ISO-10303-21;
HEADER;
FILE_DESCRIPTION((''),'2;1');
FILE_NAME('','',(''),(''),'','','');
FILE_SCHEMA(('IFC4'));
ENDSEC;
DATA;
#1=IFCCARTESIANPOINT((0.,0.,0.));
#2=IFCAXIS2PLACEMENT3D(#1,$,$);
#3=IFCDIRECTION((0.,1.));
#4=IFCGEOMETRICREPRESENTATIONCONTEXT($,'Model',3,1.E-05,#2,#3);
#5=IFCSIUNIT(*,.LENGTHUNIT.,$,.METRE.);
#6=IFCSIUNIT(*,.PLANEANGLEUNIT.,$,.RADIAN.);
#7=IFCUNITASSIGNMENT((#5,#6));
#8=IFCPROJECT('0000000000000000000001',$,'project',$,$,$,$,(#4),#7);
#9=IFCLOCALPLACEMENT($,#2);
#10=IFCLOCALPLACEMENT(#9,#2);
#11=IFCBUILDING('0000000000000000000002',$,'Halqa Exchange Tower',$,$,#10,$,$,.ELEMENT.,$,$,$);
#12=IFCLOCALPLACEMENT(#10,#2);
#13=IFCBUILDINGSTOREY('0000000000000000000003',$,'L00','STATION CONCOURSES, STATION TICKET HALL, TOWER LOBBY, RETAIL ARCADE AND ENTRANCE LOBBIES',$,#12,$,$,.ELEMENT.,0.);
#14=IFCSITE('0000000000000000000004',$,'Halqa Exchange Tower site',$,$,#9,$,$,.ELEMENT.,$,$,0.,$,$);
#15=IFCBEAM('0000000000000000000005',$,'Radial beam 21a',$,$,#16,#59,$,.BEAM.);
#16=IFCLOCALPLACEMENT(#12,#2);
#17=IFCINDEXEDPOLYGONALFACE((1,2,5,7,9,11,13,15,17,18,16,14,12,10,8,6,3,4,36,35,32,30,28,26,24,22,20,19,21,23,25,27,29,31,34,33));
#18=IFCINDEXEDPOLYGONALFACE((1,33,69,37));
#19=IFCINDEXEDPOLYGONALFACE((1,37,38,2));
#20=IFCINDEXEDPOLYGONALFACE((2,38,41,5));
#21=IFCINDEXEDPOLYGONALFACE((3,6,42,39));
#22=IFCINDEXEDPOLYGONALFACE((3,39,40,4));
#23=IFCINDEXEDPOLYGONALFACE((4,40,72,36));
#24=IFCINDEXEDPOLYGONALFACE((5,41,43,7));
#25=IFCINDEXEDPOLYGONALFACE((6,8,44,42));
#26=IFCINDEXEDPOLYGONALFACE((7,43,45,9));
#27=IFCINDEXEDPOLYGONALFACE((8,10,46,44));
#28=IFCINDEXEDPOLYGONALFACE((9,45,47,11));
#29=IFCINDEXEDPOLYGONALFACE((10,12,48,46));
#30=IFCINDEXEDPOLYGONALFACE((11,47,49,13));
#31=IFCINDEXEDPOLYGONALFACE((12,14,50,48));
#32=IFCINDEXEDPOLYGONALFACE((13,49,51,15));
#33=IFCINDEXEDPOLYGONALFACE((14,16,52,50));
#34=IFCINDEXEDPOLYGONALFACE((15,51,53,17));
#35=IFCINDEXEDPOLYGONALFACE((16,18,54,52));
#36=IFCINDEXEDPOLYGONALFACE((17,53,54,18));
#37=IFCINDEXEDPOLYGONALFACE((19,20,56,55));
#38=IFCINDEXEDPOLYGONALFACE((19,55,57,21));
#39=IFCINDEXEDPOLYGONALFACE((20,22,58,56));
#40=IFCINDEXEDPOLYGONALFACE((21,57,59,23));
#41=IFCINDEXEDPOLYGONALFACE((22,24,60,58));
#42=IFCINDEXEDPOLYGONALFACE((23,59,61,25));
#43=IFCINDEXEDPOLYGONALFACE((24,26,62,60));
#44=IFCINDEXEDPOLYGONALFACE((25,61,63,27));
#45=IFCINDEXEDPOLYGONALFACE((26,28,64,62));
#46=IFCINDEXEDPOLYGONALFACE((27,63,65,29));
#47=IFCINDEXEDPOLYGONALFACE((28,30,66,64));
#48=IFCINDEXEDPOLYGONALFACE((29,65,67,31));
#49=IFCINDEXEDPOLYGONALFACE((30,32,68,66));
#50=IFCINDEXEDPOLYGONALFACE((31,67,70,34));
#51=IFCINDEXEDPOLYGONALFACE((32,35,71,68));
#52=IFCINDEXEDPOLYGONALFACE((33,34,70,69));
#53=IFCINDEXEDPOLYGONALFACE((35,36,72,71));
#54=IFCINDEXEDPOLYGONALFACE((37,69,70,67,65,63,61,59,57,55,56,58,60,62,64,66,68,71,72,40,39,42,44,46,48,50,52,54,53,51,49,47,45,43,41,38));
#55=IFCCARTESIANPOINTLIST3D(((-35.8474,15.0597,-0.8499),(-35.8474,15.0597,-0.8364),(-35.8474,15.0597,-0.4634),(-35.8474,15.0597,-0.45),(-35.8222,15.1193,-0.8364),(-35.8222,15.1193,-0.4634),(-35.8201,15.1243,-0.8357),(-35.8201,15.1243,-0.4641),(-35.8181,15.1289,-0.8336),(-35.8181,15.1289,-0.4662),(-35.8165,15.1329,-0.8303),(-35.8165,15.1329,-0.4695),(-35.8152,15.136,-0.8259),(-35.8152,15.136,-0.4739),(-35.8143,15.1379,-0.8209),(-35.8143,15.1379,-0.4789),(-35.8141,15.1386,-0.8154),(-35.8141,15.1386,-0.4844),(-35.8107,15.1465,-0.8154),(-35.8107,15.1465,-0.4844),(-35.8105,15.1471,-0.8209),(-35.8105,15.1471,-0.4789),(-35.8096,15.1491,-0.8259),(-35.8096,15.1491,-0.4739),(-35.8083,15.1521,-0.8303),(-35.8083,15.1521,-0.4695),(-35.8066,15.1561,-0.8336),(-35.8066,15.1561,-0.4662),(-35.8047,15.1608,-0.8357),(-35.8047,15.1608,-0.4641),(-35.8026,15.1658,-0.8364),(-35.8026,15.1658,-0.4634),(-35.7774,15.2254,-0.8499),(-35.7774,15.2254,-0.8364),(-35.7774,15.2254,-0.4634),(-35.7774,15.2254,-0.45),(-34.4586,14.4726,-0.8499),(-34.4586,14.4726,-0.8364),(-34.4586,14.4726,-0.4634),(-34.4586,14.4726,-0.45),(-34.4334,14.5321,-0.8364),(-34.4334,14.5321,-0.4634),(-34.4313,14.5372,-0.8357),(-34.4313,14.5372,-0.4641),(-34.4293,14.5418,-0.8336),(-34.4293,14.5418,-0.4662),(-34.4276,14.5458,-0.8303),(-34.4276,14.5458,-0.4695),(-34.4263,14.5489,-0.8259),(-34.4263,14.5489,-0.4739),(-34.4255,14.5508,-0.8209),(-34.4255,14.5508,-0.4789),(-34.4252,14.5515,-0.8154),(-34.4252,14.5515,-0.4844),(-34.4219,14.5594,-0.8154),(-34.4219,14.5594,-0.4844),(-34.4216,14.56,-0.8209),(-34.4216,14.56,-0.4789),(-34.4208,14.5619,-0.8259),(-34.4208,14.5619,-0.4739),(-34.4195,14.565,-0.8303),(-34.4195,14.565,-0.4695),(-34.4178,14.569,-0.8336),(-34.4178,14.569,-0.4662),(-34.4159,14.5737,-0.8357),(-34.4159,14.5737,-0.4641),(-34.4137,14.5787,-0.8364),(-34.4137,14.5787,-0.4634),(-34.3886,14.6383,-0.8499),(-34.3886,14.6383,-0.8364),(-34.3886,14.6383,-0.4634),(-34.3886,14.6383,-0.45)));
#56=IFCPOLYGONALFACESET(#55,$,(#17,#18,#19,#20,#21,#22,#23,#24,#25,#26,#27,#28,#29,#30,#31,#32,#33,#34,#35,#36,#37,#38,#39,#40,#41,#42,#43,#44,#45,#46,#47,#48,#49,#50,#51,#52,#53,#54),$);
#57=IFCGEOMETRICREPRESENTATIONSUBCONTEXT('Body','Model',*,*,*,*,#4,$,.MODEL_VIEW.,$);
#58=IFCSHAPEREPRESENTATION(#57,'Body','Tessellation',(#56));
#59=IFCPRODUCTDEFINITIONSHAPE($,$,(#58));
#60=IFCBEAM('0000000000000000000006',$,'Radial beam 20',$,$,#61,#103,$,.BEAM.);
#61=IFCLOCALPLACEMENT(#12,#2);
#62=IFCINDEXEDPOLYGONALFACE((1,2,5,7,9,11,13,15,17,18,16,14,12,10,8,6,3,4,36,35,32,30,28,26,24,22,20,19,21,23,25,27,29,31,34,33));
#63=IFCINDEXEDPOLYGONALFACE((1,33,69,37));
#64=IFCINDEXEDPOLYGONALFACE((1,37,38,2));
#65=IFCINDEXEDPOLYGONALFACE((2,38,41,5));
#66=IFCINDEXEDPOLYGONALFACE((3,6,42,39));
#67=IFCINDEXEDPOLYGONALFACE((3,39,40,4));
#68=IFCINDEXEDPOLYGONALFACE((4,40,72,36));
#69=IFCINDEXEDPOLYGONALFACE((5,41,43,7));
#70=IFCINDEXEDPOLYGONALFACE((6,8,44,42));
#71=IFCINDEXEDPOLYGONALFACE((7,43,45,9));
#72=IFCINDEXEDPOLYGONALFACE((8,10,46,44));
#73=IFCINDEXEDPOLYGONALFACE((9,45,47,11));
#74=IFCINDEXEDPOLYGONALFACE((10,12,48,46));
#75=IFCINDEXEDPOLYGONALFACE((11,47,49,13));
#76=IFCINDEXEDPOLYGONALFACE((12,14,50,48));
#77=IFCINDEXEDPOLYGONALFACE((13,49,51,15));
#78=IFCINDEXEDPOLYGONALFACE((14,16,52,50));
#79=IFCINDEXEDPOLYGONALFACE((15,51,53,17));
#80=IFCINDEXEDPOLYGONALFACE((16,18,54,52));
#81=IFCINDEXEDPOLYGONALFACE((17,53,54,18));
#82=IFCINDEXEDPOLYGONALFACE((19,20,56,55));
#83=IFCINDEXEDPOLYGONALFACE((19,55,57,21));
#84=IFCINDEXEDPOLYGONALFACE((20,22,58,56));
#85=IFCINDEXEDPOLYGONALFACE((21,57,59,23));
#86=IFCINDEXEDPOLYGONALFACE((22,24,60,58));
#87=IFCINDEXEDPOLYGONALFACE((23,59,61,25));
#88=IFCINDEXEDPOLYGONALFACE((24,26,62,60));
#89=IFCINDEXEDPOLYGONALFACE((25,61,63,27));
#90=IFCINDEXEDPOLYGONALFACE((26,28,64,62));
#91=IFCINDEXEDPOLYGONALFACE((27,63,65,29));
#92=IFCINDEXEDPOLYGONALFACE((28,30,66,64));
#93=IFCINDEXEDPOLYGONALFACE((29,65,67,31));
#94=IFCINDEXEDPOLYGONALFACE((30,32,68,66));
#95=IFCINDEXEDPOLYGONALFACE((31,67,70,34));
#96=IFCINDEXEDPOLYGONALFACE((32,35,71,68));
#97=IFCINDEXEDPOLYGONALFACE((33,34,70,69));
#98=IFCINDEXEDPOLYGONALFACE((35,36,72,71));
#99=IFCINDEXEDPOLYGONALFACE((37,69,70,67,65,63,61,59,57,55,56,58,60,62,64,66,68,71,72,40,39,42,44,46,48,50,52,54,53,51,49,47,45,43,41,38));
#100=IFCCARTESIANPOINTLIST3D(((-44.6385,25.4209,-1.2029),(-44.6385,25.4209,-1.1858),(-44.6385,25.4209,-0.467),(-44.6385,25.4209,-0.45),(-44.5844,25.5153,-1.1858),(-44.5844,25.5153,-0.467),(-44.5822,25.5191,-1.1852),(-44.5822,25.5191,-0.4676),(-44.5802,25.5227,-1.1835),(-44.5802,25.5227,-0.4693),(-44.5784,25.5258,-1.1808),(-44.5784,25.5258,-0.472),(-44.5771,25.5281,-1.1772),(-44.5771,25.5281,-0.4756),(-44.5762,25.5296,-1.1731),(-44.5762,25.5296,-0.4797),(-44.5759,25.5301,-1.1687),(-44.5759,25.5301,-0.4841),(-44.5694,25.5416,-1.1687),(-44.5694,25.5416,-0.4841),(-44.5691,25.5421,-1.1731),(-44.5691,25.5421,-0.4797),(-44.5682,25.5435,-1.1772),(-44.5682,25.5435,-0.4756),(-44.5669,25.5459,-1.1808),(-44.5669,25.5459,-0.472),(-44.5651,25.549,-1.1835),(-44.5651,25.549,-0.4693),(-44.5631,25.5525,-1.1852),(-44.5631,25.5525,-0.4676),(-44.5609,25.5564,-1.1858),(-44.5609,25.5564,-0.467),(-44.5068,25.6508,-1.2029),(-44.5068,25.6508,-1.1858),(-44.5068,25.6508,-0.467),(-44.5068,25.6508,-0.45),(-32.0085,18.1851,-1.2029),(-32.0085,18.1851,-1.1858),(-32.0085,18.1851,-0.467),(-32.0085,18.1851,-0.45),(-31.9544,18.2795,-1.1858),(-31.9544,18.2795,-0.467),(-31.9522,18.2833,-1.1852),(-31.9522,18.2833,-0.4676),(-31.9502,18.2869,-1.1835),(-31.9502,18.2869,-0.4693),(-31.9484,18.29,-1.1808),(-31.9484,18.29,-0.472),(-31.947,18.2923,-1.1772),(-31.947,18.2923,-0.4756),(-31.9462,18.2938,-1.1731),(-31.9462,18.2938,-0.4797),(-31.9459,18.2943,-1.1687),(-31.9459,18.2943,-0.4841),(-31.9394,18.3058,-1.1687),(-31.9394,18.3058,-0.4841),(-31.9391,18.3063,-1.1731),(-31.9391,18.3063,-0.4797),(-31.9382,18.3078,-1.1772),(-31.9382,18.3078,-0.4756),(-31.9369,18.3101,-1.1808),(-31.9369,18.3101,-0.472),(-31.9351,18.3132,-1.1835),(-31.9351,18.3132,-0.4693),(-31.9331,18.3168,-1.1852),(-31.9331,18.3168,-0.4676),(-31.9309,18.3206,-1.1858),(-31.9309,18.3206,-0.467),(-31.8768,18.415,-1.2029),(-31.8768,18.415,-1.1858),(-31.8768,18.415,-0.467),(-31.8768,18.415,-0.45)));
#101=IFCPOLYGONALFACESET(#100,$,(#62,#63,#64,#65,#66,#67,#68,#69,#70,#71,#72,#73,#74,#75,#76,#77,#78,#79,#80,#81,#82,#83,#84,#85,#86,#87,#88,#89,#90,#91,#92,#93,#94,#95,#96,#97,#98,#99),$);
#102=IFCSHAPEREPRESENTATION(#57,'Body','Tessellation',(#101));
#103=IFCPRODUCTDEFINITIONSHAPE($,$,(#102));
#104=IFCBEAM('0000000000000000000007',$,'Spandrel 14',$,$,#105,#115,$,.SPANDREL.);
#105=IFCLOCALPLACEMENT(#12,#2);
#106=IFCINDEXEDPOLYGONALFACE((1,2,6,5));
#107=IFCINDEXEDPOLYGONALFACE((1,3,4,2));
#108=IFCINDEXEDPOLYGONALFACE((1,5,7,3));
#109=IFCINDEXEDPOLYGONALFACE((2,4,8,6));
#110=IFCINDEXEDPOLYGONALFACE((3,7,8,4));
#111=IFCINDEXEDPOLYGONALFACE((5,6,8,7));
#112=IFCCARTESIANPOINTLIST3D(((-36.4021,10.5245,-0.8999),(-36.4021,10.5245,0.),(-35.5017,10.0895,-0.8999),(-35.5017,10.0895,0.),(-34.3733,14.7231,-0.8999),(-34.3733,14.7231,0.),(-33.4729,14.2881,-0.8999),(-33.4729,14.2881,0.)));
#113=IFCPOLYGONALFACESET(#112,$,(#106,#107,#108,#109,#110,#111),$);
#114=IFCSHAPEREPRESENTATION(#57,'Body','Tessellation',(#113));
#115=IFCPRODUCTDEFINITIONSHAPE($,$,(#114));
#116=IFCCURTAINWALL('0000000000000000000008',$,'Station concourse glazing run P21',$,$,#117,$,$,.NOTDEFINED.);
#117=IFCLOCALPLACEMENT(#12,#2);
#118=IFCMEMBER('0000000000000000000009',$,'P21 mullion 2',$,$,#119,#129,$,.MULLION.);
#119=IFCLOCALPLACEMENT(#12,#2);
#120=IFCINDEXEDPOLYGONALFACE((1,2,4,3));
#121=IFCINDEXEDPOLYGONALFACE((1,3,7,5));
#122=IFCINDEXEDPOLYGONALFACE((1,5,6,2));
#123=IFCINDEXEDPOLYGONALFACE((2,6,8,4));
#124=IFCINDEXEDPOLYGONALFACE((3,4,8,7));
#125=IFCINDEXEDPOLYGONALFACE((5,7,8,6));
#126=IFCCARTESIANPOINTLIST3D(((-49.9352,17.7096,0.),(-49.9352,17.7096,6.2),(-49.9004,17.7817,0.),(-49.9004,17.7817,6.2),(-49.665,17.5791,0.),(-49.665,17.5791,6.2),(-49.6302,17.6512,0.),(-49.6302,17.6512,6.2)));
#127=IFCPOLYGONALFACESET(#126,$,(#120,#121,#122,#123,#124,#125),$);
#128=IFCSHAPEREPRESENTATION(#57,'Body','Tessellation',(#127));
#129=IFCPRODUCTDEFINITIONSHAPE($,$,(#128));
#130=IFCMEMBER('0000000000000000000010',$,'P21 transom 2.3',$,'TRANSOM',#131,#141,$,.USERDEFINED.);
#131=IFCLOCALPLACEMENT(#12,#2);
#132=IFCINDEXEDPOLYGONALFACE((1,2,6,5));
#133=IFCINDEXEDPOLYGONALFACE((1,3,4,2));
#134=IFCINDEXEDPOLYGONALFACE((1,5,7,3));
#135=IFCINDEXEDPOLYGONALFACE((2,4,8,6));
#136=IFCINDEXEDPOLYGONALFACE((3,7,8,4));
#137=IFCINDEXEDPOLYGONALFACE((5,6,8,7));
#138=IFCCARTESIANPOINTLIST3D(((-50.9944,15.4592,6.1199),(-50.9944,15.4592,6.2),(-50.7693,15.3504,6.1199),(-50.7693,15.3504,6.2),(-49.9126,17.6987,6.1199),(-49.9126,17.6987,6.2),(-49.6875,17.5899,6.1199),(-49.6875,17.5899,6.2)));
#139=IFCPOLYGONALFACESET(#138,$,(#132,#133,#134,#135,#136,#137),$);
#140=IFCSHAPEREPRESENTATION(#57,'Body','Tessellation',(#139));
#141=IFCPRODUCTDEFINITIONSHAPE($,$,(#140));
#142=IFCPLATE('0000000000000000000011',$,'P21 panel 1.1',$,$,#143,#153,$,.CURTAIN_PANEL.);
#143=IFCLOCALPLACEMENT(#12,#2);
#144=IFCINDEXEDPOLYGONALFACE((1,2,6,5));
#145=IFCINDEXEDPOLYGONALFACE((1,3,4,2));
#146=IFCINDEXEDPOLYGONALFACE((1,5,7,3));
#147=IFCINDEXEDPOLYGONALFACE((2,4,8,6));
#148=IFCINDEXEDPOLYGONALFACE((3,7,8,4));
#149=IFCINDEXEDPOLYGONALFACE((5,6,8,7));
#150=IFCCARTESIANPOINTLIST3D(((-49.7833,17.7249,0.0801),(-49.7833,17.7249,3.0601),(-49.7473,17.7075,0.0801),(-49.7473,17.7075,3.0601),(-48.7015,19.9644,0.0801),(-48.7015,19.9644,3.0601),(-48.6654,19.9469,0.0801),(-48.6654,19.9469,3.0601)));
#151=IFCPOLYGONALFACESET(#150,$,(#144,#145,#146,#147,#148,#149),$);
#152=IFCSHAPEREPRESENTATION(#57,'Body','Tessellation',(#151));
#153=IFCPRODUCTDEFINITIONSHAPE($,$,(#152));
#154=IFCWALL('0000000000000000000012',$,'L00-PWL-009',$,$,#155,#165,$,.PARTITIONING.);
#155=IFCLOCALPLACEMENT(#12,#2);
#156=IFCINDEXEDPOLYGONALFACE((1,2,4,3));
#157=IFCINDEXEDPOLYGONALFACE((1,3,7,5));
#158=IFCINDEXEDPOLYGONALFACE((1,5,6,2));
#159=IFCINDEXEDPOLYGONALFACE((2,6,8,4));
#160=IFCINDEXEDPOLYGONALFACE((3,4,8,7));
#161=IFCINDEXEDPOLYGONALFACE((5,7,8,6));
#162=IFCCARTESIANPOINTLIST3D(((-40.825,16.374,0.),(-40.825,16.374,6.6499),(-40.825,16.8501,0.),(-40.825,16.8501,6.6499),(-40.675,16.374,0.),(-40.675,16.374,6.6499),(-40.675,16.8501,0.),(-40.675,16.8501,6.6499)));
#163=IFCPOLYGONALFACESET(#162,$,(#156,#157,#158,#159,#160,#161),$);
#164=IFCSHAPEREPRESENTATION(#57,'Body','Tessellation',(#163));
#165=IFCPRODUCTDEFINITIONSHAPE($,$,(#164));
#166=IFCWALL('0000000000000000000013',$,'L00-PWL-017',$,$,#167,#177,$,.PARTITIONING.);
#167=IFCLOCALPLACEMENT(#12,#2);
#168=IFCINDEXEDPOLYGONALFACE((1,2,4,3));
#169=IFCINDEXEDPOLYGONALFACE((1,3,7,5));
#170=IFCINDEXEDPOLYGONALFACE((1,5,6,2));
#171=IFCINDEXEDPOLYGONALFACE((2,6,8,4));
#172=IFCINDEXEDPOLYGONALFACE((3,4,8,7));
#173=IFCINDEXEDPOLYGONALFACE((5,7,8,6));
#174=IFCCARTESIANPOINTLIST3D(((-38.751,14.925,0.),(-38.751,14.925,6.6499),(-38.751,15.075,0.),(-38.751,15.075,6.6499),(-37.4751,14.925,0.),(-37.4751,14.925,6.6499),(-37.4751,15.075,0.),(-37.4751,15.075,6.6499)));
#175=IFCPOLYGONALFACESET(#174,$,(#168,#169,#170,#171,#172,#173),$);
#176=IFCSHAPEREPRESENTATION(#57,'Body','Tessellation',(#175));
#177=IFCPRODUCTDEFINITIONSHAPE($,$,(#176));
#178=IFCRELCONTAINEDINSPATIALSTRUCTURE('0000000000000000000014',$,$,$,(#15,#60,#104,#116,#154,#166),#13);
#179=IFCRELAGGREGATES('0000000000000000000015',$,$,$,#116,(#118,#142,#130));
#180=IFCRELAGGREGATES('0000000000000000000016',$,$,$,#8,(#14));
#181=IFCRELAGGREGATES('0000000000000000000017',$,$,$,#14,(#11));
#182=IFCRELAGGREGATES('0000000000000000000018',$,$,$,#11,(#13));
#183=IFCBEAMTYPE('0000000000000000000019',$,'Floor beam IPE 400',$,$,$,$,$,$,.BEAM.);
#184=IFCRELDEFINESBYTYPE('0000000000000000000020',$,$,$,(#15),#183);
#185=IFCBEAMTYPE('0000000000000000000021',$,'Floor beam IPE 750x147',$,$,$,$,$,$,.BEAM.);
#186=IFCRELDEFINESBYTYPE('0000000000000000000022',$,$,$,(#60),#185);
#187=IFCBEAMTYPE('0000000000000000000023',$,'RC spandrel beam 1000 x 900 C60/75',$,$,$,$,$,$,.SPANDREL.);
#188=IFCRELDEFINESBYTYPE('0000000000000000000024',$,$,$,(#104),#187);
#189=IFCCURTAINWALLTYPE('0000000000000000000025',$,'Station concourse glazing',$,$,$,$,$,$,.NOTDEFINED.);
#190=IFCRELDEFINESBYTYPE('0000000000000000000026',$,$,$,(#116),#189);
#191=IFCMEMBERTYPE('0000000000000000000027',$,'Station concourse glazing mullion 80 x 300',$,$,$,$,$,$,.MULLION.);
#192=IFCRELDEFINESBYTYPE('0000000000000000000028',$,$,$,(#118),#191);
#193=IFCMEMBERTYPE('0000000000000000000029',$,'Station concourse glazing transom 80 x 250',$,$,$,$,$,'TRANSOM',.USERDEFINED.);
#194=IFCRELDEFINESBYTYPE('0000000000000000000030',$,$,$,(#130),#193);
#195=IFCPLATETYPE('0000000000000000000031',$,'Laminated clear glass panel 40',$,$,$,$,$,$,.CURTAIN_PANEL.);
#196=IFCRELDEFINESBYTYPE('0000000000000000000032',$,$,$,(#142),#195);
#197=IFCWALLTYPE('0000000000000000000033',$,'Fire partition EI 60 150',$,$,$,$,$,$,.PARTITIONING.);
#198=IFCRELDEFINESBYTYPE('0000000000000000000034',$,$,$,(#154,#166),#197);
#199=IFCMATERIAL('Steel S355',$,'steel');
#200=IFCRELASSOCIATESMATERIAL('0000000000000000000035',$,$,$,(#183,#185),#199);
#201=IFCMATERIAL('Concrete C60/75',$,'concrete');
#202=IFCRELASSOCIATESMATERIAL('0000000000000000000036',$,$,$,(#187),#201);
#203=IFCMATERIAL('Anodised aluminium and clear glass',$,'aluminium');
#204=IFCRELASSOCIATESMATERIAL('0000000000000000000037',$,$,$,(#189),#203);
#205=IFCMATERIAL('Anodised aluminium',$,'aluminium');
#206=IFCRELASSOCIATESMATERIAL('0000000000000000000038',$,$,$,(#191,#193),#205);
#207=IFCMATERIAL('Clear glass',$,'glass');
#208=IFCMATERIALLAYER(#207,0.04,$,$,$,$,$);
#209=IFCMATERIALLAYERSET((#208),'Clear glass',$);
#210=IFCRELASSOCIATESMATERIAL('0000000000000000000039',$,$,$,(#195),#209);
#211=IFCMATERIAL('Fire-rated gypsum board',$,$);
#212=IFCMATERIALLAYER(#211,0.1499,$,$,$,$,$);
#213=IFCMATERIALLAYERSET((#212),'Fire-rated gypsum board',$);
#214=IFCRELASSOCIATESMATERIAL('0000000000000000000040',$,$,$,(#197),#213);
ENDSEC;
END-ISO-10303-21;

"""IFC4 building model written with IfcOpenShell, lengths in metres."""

from ifc_helpers import new_model, si_unit, direction, frame, frame_2d, origin, origin_2d, place, context, subcontext, project, spatial, rectangle, i_section, extrude, material, layer, layer_set, material_profile, profile_set, type_object, element, aggregate, save


model = new_model("IFC4")

# Units and contexts
model_context = context("Model", 3, precision=1e-05, world=origin(), true_north=direction((0.0, 1.0)))
body_context = subcontext(model_context, "Body", "Model", "MODEL_VIEW")
ifc_project = project(units=[si_unit("LENGTHUNIT", "METRE"), si_unit("PLANEANGLEUNIT", "RADIAN")], contexts=[model_context])

# Site, building, storey
site_placement = place(None, origin())
site = spatial("IfcSite", under=ifc_project, at=site_placement, Name="Halqa Exchange Tower site", CompositionType="ELEMENT", RefElevation=0.0)
building_placement = place(site_placement, origin())
building = spatial("IfcBuilding", under=site, at=building_placement, Name="Halqa Exchange Tower", CompositionType="ELEMENT")
storey_placement = place(building_placement, origin())
storey = spatial("IfcBuildingStorey", under=building, at=storey_placement, Name="L00", Description="STATION CONCOURSES, STATION TICKET HALL, TOWER LOBBY, RETAIL ARCADE AND ENTRANCE LOBBIES", CompositionType="ELEMENT", Elevation=0.0)

# Beams
ifc_material_1 = material(Name="Steel S355", Category="steel")
ifc_material_profile_1 = material_profile(ifc_material_1, i_section(OverallWidth=0.1799, OverallDepth=0.3999, WebThickness=0.0085, FlangeThickness=0.0134, FilletRadius=0.021, at=origin_2d()), Name="IPE 400")
ifc_profile_set_1 = profile_set([ifc_material_profile_1], Name="Steel S355")
beam_type_1 = type_object("IfcBeamType", Name="Floor beam IPE 400", PredefinedType="BEAM", material=ifc_profile_set_1)
beam_1_placement = place(storey_placement, frame((-34.4236, 14.5554, -0.6499), z_axis=(-0.921077, 0.389381, 0.0), x_axis=(-0.389381, -0.921077, 0.0)))
element("IfcBeam", 1, at=beam_1_placement, inside=storey, type_object=beam_type_1, Name="Radial beam 21a", PredefinedType="BEAM", context=body_context, shape_type="SweptSolid", body=[
    extrude(i_section(OverallWidth=0.1799, OverallDepth=0.3999, WebThickness=0.0085, FlangeThickness=0.0134, FilletRadius=0.021, at=origin_2d()), origin(), (0.0, 0.0, 1.0), 1.5078),
])
ifc_material_profile_2 = material_profile(ifc_material_1, i_section(OverallWidth=0.2649, OverallDepth=0.7529, WebThickness=0.0132, FlangeThickness=0.0171, FilletRadius=0.0171, at=origin_2d()), Name="IPE 750x147")
ifc_profile_set_2 = profile_set([ifc_material_profile_2], Name="Steel S355")
beam_type_2 = type_object("IfcBeamType", Name="Floor beam IPE 750x147", PredefinedType="BEAM", material=ifc_profile_set_2)
beam_2_placement = place(storey_placement, frame((-31.9426, 18.3, -0.8264), z_axis=(-0.867691, 0.497103, 0.0), x_axis=(-0.497103, -0.867691, 0.0)))
element("IfcBeam", 2, at=beam_2_placement, inside=storey, type_object=beam_type_2, Name="Radial beam 20", PredefinedType="BEAM", context=body_context, shape_type="SweptSolid", body=[
    extrude(i_section(OverallWidth=0.2649, OverallDepth=0.7529, WebThickness=0.0132, FlangeThickness=0.0171, FilletRadius=0.0171, at=origin_2d()), origin(), (0.0, 0.0, 1.0), 14.5559),
])
ifc_material_2 = material(Name="Concrete C60/75", Category="concrete")
ifc_material_profile_3 = material_profile(ifc_material_2, rectangle(XDim=1.0, YDim=0.8999, at=origin_2d()), Name="1000 x 900")
ifc_profile_set_3 = profile_set([ifc_material_profile_3], Name="Concrete C60/75")
beam_type_3 = type_object("IfcBeamType", Name="RC spandrel beam 1000 x 900 C60/75", PredefinedType="SPANDREL", material=ifc_profile_set_3)
beam_3_placement = place(storey_placement, frame((-33.9231, 14.5056, -0.45), z_axis=(-0.435068, -0.900397, 0.0), x_axis=(0.900397, -0.435068, 0.0)))
element("IfcBeam", 3, at=beam_3_placement, inside=storey, type_object=beam_type_3, Name="Spandrel 14", PredefinedType="SPANDREL", context=body_context, shape_type="SweptSolid", body=[
    extrude(rectangle(XDim=1.0, YDim=0.8999, at=origin_2d()), origin(), (0.0, 0.0, 1.0), 4.6631),
])

# Curtain wall, members, plate
ifc_material_3 = material(Name="Anodised aluminium and clear glass", Category="aluminium")
curtain_wall_type = type_object("IfcCurtainWallType", Name="Station concourse glazing", PredefinedType="NOTDEFINED", material=ifc_material_3)
curtain_wall_placement = place(storey_placement, origin())
curtain_wall = element("IfcCurtainWall", 4, at=curtain_wall_placement, inside=storey, type_object=curtain_wall_type, Name="Station concourse glazing run P21", PredefinedType="NOTDEFINED")
ifc_material_4 = material(Name="Anodised aluminium", Category="aluminium")
ifc_material_profile_4 = material_profile(ifc_material_4, rectangle(XDim=0.3, YDim=0.0801, at=origin_2d()), Name="AL 80x300")
ifc_profile_set_4 = profile_set([ifc_material_profile_4], Name="Anodised aluminium")
member_type_1 = type_object("IfcMemberType", Name="Station concourse glazing mullion 80 x 300", PredefinedType="MULLION", material=ifc_profile_set_4)
member_1_placement = place(storey_placement, frame((-49.7827, 17.6804, 0.0), z_axis=(0.0, 0.0, 1.0), x_axis=(0.900435, -0.43499, 0.0)))
member_1 = element("IfcMember", 5, at=member_1_placement, type_object=member_type_1, Name="P21 mullion 2", PredefinedType="MULLION", context=body_context, shape_type="SweptSolid", body=[
    extrude(rectangle(XDim=0.3, YDim=0.0801, at=origin_2d()), origin(), (0.0, 0.0, 1.0), 6.2),
])
ifc_material_profile_5 = material_profile(ifc_material_4, rectangle(XDim=0.25, YDim=0.0801, at=origin_2d()), Name="AL 80x250")
ifc_profile_set_5 = profile_set([ifc_material_profile_5], Name="Anodised aluminium")
member_type_2 = type_object("IfcMemberType", Name="Station concourse glazing transom 80 x 250", ElementType="TRANSOM", PredefinedType="USERDEFINED", material=ifc_profile_set_5)
member_2_placement = place(storey_placement, frame((-49.8, 17.6443, 6.1599), z_axis=(-0.43496, -0.90045, 0.0), x_axis=(0.90045, -0.43496, 0.0)))
member_2 = element("IfcMember", 6, at=member_2_placement, type_object=member_type_2, Name="P21 transom 2.3", ObjectType="TRANSOM", PredefinedType="USERDEFINED", context=body_context, shape_type="SweptSolid", body=[
    extrude(rectangle(XDim=0.25, YDim=0.0801, at=origin_2d()), origin(), (0.0, 0.0, 1.0), 2.4871),
])
ifc_material_5 = material(Name="Clear glass", Category="glass")
ifc_layer_1 = layer(ifc_material_5, 0.04)
ifc_layer_set_1 = layer_set([ifc_layer_1], Name="Clear glass")
plate_type = type_object("IfcPlateType", Name="Laminated clear glass panel 40", PredefinedType="CURTAIN_PANEL", material=ifc_layer_set_1)
plate_placement = place(storey_placement, frame((-49.2244, 18.8359, 0.0801), z_axis=(0.0, 0.0, 1.0), x_axis=(-0.43499, -0.900435, 0.0)))
plate = element("IfcPlate", 7, at=plate_placement, type_object=plate_type, Name="P21 panel 1.1", PredefinedType="CURTAIN_PANEL", context=body_context, shape_type="SweptSolid", body=[
    extrude(rectangle(XDim=2.4871, YDim=0.04, at=origin_2d()), origin(), (0.0, 0.0, 1.0), 2.98),
])
aggregate(curtain_wall, [member_1, plate, member_2])

# Walls
ifc_material_6 = material(Name="Fire-rated gypsum board")
ifc_layer_2 = layer(ifc_material_6, 0.1499)
ifc_layer_set_2 = layer_set([ifc_layer_2], Name="Fire-rated gypsum board")
wall_type_1 = type_object("IfcWallType", Name="Fire partition EI 60 150", PredefinedType="PARTITIONING", material=ifc_layer_set_2)
wall_1_placement = place(storey_placement, frame((-40.75, 16.374, 0.0), z_axis=(0.0, 0.0, 1.0), x_axis=(0.0, 1.0, 0.0)))
element("IfcWall", 8, at=wall_1_placement, inside=storey, type_object=wall_type_1, Name="L00-PWL-009", PredefinedType="PARTITIONING", context=body_context, shape_type="SweptSolid", body=[
    extrude(rectangle(XDim=0.4761, YDim=0.1499, at=frame_2d((0.238, 0.0))), origin(), (0.0, 0.0, 1.0), 6.6499),
])
wall_2_placement = place(storey_placement, frame((-37.4751, 15.0, 0.0), z_axis=(0.0, 0.0, 1.0), x_axis=(-1.0, 0.0, 0.0)))
element("IfcWall", 9, at=wall_2_placement, inside=storey, type_object=wall_type_1, Name="L00-PWL-017", PredefinedType="PARTITIONING", context=body_context, shape_type="SweptSolid", body=[
    extrude(rectangle(XDim=1.2759, YDim=0.1499, at=frame_2d((0.6379, 0.0))), origin(), (0.0, 0.0, 1.0), 6.6499),
])

save(model, "model.ifc")
